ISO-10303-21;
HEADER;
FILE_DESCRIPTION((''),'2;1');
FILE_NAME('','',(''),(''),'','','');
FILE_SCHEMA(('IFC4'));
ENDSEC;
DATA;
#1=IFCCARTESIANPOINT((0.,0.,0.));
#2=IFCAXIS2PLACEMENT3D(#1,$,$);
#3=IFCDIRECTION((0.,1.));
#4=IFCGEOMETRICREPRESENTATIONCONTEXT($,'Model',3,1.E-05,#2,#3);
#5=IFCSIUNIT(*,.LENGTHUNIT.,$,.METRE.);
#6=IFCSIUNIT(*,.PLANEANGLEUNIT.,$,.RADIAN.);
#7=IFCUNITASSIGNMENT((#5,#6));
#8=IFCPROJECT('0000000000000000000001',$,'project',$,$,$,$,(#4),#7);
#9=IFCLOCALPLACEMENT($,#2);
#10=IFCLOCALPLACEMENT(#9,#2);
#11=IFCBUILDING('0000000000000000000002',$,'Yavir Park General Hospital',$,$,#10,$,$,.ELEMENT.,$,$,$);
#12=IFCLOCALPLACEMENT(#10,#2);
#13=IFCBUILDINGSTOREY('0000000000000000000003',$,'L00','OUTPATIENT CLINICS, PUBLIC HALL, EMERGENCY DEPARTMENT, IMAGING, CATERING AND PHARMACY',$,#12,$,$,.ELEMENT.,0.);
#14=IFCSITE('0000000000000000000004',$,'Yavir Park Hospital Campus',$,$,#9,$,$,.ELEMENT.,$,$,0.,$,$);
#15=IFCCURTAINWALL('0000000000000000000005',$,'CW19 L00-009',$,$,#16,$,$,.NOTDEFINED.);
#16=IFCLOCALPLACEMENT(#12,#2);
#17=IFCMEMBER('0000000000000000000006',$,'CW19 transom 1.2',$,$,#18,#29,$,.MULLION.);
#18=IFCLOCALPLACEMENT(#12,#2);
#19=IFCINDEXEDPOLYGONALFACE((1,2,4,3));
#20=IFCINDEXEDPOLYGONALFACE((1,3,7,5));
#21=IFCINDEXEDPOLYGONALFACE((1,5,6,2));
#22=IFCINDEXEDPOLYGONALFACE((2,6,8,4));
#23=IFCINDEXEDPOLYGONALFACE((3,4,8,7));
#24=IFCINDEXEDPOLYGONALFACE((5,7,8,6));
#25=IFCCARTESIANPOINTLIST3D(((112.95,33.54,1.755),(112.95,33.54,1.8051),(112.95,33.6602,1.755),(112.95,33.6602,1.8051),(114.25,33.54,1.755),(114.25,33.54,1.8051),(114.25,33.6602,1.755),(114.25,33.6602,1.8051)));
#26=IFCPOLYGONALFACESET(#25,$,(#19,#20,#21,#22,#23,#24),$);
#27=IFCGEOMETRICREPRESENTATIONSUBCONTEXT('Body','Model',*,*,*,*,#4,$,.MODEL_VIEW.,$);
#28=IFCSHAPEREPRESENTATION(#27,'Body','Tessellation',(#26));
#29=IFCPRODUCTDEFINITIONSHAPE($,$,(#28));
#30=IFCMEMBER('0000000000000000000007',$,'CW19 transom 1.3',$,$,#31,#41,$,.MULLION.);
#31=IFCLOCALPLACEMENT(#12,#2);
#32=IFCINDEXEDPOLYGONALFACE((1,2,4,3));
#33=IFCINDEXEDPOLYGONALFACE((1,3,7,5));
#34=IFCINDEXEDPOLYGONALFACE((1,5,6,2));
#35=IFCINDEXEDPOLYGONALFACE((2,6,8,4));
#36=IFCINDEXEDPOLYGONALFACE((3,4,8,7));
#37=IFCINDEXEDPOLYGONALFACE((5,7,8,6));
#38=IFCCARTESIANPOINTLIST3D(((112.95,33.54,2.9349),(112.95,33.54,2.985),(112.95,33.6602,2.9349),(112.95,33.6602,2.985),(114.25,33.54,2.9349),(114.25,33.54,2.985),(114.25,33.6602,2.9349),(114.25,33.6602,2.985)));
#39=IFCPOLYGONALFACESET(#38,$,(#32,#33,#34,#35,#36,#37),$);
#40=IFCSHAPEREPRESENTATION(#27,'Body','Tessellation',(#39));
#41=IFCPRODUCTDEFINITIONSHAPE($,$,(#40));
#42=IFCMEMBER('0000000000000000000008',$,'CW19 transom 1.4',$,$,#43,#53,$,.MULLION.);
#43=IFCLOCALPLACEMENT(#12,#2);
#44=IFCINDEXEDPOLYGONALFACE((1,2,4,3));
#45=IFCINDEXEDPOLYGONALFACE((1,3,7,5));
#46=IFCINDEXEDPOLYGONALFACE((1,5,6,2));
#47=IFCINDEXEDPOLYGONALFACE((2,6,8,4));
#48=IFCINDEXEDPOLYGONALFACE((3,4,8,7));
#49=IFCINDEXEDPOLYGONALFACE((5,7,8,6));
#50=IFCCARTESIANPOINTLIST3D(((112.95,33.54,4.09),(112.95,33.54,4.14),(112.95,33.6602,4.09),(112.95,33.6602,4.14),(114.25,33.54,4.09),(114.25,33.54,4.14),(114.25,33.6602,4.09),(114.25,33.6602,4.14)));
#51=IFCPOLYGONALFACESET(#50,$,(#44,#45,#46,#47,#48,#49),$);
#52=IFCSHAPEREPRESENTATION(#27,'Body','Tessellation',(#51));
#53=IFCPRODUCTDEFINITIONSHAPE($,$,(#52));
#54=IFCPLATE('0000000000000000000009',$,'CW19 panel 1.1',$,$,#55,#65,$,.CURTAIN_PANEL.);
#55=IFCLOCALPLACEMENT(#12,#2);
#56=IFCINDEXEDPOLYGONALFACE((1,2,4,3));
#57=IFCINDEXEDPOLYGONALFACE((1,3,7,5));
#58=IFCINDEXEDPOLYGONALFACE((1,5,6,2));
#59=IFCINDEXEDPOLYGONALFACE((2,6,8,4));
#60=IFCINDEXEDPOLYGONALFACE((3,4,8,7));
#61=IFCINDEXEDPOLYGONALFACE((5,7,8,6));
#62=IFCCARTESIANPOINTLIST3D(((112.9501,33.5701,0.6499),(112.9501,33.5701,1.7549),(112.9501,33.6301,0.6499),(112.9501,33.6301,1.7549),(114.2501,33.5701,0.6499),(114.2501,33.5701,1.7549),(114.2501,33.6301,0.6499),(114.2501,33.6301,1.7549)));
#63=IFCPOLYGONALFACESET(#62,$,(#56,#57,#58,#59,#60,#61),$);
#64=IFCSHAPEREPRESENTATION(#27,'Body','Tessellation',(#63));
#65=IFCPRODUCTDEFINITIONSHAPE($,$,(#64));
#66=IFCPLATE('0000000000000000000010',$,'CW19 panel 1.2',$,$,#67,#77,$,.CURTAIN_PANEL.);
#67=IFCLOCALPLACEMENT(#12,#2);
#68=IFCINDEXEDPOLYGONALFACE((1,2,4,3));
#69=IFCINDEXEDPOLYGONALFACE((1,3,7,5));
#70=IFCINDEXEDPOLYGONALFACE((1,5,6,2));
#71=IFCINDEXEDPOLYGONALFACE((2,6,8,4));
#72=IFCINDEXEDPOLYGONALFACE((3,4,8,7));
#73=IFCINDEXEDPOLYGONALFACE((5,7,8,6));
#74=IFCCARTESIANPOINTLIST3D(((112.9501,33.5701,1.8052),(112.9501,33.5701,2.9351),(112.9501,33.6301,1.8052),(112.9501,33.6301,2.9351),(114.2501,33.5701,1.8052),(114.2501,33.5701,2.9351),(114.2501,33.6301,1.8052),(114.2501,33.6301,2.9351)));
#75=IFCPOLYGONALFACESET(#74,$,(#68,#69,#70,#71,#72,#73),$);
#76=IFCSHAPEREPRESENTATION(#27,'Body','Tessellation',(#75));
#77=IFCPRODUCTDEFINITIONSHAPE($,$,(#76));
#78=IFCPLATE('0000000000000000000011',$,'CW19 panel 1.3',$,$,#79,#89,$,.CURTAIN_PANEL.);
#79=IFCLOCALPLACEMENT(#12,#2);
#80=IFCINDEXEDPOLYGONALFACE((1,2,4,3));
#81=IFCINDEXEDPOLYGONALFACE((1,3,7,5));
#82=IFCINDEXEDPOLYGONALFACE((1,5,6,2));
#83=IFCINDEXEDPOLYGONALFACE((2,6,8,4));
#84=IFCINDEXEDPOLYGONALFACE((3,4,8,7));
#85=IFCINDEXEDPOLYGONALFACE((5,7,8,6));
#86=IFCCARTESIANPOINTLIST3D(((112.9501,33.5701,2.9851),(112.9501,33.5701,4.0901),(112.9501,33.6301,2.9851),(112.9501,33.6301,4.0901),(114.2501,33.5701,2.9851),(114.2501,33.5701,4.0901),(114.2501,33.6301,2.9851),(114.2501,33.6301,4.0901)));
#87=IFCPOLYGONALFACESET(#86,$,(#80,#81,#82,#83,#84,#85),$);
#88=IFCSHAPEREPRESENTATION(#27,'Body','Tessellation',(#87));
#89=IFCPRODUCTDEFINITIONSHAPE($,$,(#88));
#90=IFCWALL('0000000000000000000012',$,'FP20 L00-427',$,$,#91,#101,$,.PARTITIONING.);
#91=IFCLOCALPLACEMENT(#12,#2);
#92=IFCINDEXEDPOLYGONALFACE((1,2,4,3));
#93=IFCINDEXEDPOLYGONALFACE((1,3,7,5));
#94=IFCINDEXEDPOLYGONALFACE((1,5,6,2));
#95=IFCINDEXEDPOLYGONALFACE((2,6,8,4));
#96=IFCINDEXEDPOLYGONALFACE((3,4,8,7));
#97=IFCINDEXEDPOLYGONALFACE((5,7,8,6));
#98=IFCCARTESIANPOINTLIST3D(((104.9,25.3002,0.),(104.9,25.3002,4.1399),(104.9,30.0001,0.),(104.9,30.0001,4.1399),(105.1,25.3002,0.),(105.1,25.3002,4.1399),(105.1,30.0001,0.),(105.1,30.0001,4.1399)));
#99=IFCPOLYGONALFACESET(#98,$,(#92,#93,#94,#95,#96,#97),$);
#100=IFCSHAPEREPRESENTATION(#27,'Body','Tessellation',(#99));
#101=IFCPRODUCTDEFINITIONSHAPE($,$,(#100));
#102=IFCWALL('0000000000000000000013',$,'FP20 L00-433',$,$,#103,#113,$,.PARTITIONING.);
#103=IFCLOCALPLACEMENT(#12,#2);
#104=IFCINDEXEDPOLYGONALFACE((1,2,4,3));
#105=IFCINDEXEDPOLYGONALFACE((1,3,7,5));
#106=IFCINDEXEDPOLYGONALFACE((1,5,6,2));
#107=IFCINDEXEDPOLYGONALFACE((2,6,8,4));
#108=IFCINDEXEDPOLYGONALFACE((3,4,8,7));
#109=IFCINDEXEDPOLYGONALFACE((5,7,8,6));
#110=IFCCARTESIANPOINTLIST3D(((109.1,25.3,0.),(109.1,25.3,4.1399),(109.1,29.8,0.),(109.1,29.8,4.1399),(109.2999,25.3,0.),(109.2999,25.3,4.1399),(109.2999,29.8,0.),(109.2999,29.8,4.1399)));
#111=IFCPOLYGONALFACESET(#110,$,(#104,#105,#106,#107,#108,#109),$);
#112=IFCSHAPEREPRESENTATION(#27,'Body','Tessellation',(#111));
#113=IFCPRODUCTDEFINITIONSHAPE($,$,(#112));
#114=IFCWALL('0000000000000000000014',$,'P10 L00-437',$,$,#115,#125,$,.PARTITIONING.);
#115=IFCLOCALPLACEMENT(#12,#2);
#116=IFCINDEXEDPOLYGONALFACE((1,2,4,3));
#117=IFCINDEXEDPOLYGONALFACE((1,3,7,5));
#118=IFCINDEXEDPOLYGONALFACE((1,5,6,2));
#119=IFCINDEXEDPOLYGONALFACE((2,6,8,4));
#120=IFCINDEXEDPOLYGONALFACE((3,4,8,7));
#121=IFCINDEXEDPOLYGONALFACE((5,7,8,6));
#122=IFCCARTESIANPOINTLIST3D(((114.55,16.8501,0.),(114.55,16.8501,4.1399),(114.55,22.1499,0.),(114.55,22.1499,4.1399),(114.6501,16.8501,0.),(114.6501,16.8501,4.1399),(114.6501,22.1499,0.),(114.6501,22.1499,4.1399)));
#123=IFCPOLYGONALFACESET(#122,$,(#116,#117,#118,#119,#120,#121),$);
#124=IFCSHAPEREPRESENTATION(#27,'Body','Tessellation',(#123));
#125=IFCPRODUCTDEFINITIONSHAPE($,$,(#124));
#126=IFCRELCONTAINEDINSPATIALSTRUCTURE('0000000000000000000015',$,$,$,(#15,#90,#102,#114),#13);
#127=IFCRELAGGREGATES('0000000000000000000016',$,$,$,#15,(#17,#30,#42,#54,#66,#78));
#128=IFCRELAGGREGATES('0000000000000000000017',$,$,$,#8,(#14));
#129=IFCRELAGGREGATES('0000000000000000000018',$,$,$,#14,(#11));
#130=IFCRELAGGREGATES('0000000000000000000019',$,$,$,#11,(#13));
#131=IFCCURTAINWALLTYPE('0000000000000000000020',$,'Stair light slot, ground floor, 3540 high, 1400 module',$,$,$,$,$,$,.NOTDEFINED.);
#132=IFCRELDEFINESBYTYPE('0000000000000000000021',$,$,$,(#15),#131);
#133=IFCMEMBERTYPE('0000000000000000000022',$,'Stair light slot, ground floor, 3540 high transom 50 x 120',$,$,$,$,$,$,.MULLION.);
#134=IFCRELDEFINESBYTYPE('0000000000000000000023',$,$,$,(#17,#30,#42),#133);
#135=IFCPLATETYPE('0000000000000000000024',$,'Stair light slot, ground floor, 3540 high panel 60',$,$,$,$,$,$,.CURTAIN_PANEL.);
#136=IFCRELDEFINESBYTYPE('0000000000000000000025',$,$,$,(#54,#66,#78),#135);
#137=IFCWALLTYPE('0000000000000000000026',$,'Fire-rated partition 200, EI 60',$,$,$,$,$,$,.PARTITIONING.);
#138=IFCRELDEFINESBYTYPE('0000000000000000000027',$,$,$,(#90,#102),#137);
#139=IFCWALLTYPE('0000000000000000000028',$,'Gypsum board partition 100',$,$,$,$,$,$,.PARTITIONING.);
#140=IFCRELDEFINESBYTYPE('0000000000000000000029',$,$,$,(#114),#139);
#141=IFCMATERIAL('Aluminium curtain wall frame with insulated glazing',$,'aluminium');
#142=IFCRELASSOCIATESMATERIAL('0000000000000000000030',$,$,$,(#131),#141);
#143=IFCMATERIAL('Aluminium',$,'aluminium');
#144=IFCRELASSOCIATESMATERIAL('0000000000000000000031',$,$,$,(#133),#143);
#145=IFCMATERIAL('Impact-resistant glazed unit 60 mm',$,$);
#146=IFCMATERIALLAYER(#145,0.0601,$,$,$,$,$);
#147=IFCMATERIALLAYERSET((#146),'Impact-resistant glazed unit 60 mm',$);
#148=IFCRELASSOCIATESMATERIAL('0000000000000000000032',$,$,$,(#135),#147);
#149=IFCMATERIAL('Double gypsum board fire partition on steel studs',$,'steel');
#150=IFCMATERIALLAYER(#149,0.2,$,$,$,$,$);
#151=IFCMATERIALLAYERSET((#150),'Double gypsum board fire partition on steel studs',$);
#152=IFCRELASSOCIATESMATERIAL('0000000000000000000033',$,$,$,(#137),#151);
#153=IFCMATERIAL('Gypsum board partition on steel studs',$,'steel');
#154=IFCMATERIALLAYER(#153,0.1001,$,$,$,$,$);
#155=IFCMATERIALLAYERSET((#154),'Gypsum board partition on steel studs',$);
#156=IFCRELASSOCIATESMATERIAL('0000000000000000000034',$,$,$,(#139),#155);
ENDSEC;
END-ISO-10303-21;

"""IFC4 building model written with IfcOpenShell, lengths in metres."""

from ifc_helpers import new_model, si_unit, direction, frame, frame_2d, origin, origin_2d, place, context, subcontext, project, spatial, rectangle, extrude, material, layer, layer_set, material_profile, profile_set, type_object, element, aggregate, save


model = new_model("IFC4")

# Units and contexts
model_context = context("Model", 3, precision=1e-05, world=origin(), true_north=direction((0.0, 1.0)))
body_context = subcontext(model_context, "Body", "Model", "MODEL_VIEW")
ifc_project = project(units=[si_unit("LENGTHUNIT", "METRE"), si_unit("PLANEANGLEUNIT", "RADIAN")], contexts=[model_context])

# Site, building, storey
site_placement = place(None, origin())
site = spatial("IfcSite", under=ifc_project, at=site_placement, Name="Yavir Park Hospital Campus", CompositionType="ELEMENT", RefElevation=0.0)
building_placement = place(site_placement, origin())
building = spatial("IfcBuilding", under=site, at=building_placement, Name="Yavir Park General Hospital", CompositionType="ELEMENT")
storey_placement = place(building_placement, origin())
storey = spatial("IfcBuildingStorey", under=building, at=storey_placement, Name="L00", Description="OUTPATIENT CLINICS, PUBLIC HALL, EMERGENCY DEPARTMENT, IMAGING, CATERING AND PHARMACY", CompositionType="ELEMENT", Elevation=0.0)

# Curtain wall, members, plates
ifc_material_1 = material(Name="Aluminium curtain wall frame with insulated glazing", Category="aluminium")
curtain_wall_type = type_object("IfcCurtainWallType", Name="Stair light slot, ground floor, 3540 high, 1400 module", PredefinedType="NOTDEFINED", material=ifc_material_1)
curtain_wall_placement = place(storey_placement, origin())
curtain_wall = element("IfcCurtainWall", 1, at=curtain_wall_placement, inside=storey, type_object=curtain_wall_type, Name="CW19 L00-009", PredefinedType="NOTDEFINED")
ifc_material_2 = material(Name="Aluminium", Category="aluminium")
ifc_material_profile_1 = material_profile(ifc_material_2, rectangle(XDim=0.1201, YDim=0.05, at=origin_2d()), Name="AL 120x50")
ifc_profile_set_1 = profile_set([ifc_material_profile_1], Name="Aluminium")
member_type_1 = type_object("IfcMemberType", Name="Stair light slot, ground floor, 3540 high transom 50 x 120", PredefinedType="MULLION", material=ifc_profile_set_1)
member_1_placement = place(storey_placement, frame((112.95, 33.6001, 1.78), z_axis=(1.0, 0.0, 0.0), x_axis=(0.0, 1.0, 0.0)))
member_1 = element("IfcMember", 2, at=member_1_placement, type_object=member_type_1, Name="CW19 transom 1.2", PredefinedType="MULLION", context=body_context, shape_type="SweptSolid", body=[
    extrude(rectangle(XDim=0.1201, YDim=0.05, at=origin_2d()), origin(), (0.0, 0.0, 1.0), 1.3),
])
member_2_placement = place(storey_placement, frame((112.95, 33.6001, 2.96), z_axis=(1.0, 0.0, 0.0), x_axis=(0.0, 1.0, 0.0)))
member_2 = element("IfcMember", 3, at=member_2_placement, type_object=member_type_1, Name="CW19 transom 1.3", PredefinedType="MULLION", context=body_context, shape_type="SweptSolid", body=[
    extrude(rectangle(XDim=0.1201, YDim=0.05, at=origin_2d()), origin(), (0.0, 0.0, 1.0), 1.3),
])
member_3_placement = place(storey_placement, frame((112.95, 33.6001, 4.115), z_axis=(1.0, 0.0, 0.0), x_axis=(0.0, 1.0, 0.0)))
member_3 = element("IfcMember", 4, at=member_3_placement, type_object=member_type_1, Name="CW19 transom 1.4", PredefinedType="MULLION", context=body_context, shape_type="SweptSolid", body=[
    extrude(rectangle(XDim=0.1201, YDim=0.05, at=origin_2d()), origin(), (0.0, 0.0, 1.0), 1.3),
])
ifc_material_3 = material(Name="Impact-resistant glazed unit 60 mm")
ifc_layer_1 = layer(ifc_material_3, 0.0601)
ifc_layer_set_1 = layer_set([ifc_layer_1], Name="Impact-resistant glazed unit 60 mm")
plate_type = type_object("IfcPlateType", Name="Stair light slot, ground floor, 3540 high panel 60", PredefinedType="CURTAIN_PANEL", material=ifc_layer_set_1)
plate_1_placement = place(storey_placement, frame((113.6001, 33.6001, 0.6499), z_axis=(0.0, 0.0, 1.0), x_axis=(1.0, 0.0, 0.0)))
plate_1 = element("IfcPlate", 5, at=plate_1_placement, type_object=plate_type, Name="CW19 panel 1.1", PredefinedType="CURTAIN_PANEL", context=body_context, shape_type="SweptSolid", body=[
    extrude(rectangle(XDim=1.3, YDim=0.0601, at=origin_2d()), origin(), (0.0, 0.0, 1.0), 1.105),
])
plate_2_placement = place(storey_placement, frame((113.6001, 33.6001, 1.8052), z_axis=(0.0, 0.0, 1.0), x_axis=(1.0, 0.0, 0.0)))
plate_2 = element("IfcPlate", 6, at=plate_2_placement, type_object=plate_type, Name="CW19 panel 1.2", PredefinedType="CURTAIN_PANEL", context=body_context, shape_type="SweptSolid", body=[
    extrude(rectangle(XDim=1.3, YDim=0.0601, at=origin_2d()), origin(), (0.0, 0.0, 1.0), 1.1299),
])
plate_3_placement = place(storey_placement, frame((113.6001, 33.6001, 2.9851), z_axis=(0.0, 0.0, 1.0), x_axis=(1.0, 0.0, 0.0)))
plate_3 = element("IfcPlate", 7, at=plate_3_placement, type_object=plate_type, Name="CW19 panel 1.3", PredefinedType="CURTAIN_PANEL", context=body_context, shape_type="SweptSolid", body=[
    extrude(rectangle(XDim=1.3, YDim=0.0601, at=origin_2d()), origin(), (0.0, 0.0, 1.0), 1.105),
])
aggregate(curtain_wall, [member_1, member_2, member_3, plate_1, plate_2, plate_3])

# Walls
ifc_material_4 = material(Name="Double gypsum board fire partition on steel studs", Category="steel")
ifc_layer_2 = layer(ifc_material_4, 0.2)
ifc_layer_set_2 = layer_set([ifc_layer_2], Name="Double gypsum board fire partition on steel studs")
wall_type_1 = type_object("IfcWallType", Name="Fire-rated partition 200, EI 60", PredefinedType="PARTITIONING", material=ifc_layer_set_2)
wall_1_placement = place(storey_placement, frame((105.0, 25.3, 0.0), z_axis=(0.0, 0.0, 1.0), x_axis=(0.0, 1.0, 0.0)))
element("IfcWall", 8, at=wall_1_placement, inside=storey, type_object=wall_type_1, Name="FP20 L00-427", PredefinedType="PARTITIONING", context=body_context, shape_type="SweptSolid", body=[
    extrude(rectangle(XDim=4.7, YDim=0.2, at=frame_2d((2.3501, 0.0))), origin(), (0.0, 0.0, 1.0), 4.1399),
])
wall_2_placement = place(storey_placement, frame((109.2, 25.3, 0.0), z_axis=(0.0, 0.0, 1.0), x_axis=(0.0, 1.0, 0.0)))
element("IfcWall", 9, at=wall_2_placement, inside=storey, type_object=wall_type_1, Name="FP20 L00-433", PredefinedType="PARTITIONING", context=body_context, shape_type="SweptSolid", body=[
    extrude(rectangle(XDim=4.5, YDim=0.2, at=frame_2d((2.25, 0.0))), origin(), (0.0, 0.0, 1.0), 4.1399),
])
ifc_material_5 = material(Name="Gypsum board partition on steel studs", Category="steel")
ifc_layer_3 = layer(ifc_material_5, 0.1001)
ifc_layer_set_3 = layer_set([ifc_layer_3], Name="Gypsum board partition on steel studs")
wall_type_2 = type_object("IfcWallType", Name="Gypsum board partition 100", PredefinedType="PARTITIONING", material=ifc_layer_set_3)
wall_3_placement = place(storey_placement, frame((114.6001, 16.8501, 0.0), z_axis=(0.0, 0.0, 1.0), x_axis=(0.0, 1.0, 0.0)))
element("IfcWall", 10, at=wall_3_placement, inside=storey, type_object=wall_type_2, Name="P10 L00-437", PredefinedType="PARTITIONING", context=body_context, shape_type="SweptSolid", body=[
    extrude(rectangle(XDim=5.2998, YDim=0.1001, at=frame_2d((2.6499, 0.0))), origin(), (0.0, 0.0, 1.0), 4.1399),
])

save(model, "model.ifc")
